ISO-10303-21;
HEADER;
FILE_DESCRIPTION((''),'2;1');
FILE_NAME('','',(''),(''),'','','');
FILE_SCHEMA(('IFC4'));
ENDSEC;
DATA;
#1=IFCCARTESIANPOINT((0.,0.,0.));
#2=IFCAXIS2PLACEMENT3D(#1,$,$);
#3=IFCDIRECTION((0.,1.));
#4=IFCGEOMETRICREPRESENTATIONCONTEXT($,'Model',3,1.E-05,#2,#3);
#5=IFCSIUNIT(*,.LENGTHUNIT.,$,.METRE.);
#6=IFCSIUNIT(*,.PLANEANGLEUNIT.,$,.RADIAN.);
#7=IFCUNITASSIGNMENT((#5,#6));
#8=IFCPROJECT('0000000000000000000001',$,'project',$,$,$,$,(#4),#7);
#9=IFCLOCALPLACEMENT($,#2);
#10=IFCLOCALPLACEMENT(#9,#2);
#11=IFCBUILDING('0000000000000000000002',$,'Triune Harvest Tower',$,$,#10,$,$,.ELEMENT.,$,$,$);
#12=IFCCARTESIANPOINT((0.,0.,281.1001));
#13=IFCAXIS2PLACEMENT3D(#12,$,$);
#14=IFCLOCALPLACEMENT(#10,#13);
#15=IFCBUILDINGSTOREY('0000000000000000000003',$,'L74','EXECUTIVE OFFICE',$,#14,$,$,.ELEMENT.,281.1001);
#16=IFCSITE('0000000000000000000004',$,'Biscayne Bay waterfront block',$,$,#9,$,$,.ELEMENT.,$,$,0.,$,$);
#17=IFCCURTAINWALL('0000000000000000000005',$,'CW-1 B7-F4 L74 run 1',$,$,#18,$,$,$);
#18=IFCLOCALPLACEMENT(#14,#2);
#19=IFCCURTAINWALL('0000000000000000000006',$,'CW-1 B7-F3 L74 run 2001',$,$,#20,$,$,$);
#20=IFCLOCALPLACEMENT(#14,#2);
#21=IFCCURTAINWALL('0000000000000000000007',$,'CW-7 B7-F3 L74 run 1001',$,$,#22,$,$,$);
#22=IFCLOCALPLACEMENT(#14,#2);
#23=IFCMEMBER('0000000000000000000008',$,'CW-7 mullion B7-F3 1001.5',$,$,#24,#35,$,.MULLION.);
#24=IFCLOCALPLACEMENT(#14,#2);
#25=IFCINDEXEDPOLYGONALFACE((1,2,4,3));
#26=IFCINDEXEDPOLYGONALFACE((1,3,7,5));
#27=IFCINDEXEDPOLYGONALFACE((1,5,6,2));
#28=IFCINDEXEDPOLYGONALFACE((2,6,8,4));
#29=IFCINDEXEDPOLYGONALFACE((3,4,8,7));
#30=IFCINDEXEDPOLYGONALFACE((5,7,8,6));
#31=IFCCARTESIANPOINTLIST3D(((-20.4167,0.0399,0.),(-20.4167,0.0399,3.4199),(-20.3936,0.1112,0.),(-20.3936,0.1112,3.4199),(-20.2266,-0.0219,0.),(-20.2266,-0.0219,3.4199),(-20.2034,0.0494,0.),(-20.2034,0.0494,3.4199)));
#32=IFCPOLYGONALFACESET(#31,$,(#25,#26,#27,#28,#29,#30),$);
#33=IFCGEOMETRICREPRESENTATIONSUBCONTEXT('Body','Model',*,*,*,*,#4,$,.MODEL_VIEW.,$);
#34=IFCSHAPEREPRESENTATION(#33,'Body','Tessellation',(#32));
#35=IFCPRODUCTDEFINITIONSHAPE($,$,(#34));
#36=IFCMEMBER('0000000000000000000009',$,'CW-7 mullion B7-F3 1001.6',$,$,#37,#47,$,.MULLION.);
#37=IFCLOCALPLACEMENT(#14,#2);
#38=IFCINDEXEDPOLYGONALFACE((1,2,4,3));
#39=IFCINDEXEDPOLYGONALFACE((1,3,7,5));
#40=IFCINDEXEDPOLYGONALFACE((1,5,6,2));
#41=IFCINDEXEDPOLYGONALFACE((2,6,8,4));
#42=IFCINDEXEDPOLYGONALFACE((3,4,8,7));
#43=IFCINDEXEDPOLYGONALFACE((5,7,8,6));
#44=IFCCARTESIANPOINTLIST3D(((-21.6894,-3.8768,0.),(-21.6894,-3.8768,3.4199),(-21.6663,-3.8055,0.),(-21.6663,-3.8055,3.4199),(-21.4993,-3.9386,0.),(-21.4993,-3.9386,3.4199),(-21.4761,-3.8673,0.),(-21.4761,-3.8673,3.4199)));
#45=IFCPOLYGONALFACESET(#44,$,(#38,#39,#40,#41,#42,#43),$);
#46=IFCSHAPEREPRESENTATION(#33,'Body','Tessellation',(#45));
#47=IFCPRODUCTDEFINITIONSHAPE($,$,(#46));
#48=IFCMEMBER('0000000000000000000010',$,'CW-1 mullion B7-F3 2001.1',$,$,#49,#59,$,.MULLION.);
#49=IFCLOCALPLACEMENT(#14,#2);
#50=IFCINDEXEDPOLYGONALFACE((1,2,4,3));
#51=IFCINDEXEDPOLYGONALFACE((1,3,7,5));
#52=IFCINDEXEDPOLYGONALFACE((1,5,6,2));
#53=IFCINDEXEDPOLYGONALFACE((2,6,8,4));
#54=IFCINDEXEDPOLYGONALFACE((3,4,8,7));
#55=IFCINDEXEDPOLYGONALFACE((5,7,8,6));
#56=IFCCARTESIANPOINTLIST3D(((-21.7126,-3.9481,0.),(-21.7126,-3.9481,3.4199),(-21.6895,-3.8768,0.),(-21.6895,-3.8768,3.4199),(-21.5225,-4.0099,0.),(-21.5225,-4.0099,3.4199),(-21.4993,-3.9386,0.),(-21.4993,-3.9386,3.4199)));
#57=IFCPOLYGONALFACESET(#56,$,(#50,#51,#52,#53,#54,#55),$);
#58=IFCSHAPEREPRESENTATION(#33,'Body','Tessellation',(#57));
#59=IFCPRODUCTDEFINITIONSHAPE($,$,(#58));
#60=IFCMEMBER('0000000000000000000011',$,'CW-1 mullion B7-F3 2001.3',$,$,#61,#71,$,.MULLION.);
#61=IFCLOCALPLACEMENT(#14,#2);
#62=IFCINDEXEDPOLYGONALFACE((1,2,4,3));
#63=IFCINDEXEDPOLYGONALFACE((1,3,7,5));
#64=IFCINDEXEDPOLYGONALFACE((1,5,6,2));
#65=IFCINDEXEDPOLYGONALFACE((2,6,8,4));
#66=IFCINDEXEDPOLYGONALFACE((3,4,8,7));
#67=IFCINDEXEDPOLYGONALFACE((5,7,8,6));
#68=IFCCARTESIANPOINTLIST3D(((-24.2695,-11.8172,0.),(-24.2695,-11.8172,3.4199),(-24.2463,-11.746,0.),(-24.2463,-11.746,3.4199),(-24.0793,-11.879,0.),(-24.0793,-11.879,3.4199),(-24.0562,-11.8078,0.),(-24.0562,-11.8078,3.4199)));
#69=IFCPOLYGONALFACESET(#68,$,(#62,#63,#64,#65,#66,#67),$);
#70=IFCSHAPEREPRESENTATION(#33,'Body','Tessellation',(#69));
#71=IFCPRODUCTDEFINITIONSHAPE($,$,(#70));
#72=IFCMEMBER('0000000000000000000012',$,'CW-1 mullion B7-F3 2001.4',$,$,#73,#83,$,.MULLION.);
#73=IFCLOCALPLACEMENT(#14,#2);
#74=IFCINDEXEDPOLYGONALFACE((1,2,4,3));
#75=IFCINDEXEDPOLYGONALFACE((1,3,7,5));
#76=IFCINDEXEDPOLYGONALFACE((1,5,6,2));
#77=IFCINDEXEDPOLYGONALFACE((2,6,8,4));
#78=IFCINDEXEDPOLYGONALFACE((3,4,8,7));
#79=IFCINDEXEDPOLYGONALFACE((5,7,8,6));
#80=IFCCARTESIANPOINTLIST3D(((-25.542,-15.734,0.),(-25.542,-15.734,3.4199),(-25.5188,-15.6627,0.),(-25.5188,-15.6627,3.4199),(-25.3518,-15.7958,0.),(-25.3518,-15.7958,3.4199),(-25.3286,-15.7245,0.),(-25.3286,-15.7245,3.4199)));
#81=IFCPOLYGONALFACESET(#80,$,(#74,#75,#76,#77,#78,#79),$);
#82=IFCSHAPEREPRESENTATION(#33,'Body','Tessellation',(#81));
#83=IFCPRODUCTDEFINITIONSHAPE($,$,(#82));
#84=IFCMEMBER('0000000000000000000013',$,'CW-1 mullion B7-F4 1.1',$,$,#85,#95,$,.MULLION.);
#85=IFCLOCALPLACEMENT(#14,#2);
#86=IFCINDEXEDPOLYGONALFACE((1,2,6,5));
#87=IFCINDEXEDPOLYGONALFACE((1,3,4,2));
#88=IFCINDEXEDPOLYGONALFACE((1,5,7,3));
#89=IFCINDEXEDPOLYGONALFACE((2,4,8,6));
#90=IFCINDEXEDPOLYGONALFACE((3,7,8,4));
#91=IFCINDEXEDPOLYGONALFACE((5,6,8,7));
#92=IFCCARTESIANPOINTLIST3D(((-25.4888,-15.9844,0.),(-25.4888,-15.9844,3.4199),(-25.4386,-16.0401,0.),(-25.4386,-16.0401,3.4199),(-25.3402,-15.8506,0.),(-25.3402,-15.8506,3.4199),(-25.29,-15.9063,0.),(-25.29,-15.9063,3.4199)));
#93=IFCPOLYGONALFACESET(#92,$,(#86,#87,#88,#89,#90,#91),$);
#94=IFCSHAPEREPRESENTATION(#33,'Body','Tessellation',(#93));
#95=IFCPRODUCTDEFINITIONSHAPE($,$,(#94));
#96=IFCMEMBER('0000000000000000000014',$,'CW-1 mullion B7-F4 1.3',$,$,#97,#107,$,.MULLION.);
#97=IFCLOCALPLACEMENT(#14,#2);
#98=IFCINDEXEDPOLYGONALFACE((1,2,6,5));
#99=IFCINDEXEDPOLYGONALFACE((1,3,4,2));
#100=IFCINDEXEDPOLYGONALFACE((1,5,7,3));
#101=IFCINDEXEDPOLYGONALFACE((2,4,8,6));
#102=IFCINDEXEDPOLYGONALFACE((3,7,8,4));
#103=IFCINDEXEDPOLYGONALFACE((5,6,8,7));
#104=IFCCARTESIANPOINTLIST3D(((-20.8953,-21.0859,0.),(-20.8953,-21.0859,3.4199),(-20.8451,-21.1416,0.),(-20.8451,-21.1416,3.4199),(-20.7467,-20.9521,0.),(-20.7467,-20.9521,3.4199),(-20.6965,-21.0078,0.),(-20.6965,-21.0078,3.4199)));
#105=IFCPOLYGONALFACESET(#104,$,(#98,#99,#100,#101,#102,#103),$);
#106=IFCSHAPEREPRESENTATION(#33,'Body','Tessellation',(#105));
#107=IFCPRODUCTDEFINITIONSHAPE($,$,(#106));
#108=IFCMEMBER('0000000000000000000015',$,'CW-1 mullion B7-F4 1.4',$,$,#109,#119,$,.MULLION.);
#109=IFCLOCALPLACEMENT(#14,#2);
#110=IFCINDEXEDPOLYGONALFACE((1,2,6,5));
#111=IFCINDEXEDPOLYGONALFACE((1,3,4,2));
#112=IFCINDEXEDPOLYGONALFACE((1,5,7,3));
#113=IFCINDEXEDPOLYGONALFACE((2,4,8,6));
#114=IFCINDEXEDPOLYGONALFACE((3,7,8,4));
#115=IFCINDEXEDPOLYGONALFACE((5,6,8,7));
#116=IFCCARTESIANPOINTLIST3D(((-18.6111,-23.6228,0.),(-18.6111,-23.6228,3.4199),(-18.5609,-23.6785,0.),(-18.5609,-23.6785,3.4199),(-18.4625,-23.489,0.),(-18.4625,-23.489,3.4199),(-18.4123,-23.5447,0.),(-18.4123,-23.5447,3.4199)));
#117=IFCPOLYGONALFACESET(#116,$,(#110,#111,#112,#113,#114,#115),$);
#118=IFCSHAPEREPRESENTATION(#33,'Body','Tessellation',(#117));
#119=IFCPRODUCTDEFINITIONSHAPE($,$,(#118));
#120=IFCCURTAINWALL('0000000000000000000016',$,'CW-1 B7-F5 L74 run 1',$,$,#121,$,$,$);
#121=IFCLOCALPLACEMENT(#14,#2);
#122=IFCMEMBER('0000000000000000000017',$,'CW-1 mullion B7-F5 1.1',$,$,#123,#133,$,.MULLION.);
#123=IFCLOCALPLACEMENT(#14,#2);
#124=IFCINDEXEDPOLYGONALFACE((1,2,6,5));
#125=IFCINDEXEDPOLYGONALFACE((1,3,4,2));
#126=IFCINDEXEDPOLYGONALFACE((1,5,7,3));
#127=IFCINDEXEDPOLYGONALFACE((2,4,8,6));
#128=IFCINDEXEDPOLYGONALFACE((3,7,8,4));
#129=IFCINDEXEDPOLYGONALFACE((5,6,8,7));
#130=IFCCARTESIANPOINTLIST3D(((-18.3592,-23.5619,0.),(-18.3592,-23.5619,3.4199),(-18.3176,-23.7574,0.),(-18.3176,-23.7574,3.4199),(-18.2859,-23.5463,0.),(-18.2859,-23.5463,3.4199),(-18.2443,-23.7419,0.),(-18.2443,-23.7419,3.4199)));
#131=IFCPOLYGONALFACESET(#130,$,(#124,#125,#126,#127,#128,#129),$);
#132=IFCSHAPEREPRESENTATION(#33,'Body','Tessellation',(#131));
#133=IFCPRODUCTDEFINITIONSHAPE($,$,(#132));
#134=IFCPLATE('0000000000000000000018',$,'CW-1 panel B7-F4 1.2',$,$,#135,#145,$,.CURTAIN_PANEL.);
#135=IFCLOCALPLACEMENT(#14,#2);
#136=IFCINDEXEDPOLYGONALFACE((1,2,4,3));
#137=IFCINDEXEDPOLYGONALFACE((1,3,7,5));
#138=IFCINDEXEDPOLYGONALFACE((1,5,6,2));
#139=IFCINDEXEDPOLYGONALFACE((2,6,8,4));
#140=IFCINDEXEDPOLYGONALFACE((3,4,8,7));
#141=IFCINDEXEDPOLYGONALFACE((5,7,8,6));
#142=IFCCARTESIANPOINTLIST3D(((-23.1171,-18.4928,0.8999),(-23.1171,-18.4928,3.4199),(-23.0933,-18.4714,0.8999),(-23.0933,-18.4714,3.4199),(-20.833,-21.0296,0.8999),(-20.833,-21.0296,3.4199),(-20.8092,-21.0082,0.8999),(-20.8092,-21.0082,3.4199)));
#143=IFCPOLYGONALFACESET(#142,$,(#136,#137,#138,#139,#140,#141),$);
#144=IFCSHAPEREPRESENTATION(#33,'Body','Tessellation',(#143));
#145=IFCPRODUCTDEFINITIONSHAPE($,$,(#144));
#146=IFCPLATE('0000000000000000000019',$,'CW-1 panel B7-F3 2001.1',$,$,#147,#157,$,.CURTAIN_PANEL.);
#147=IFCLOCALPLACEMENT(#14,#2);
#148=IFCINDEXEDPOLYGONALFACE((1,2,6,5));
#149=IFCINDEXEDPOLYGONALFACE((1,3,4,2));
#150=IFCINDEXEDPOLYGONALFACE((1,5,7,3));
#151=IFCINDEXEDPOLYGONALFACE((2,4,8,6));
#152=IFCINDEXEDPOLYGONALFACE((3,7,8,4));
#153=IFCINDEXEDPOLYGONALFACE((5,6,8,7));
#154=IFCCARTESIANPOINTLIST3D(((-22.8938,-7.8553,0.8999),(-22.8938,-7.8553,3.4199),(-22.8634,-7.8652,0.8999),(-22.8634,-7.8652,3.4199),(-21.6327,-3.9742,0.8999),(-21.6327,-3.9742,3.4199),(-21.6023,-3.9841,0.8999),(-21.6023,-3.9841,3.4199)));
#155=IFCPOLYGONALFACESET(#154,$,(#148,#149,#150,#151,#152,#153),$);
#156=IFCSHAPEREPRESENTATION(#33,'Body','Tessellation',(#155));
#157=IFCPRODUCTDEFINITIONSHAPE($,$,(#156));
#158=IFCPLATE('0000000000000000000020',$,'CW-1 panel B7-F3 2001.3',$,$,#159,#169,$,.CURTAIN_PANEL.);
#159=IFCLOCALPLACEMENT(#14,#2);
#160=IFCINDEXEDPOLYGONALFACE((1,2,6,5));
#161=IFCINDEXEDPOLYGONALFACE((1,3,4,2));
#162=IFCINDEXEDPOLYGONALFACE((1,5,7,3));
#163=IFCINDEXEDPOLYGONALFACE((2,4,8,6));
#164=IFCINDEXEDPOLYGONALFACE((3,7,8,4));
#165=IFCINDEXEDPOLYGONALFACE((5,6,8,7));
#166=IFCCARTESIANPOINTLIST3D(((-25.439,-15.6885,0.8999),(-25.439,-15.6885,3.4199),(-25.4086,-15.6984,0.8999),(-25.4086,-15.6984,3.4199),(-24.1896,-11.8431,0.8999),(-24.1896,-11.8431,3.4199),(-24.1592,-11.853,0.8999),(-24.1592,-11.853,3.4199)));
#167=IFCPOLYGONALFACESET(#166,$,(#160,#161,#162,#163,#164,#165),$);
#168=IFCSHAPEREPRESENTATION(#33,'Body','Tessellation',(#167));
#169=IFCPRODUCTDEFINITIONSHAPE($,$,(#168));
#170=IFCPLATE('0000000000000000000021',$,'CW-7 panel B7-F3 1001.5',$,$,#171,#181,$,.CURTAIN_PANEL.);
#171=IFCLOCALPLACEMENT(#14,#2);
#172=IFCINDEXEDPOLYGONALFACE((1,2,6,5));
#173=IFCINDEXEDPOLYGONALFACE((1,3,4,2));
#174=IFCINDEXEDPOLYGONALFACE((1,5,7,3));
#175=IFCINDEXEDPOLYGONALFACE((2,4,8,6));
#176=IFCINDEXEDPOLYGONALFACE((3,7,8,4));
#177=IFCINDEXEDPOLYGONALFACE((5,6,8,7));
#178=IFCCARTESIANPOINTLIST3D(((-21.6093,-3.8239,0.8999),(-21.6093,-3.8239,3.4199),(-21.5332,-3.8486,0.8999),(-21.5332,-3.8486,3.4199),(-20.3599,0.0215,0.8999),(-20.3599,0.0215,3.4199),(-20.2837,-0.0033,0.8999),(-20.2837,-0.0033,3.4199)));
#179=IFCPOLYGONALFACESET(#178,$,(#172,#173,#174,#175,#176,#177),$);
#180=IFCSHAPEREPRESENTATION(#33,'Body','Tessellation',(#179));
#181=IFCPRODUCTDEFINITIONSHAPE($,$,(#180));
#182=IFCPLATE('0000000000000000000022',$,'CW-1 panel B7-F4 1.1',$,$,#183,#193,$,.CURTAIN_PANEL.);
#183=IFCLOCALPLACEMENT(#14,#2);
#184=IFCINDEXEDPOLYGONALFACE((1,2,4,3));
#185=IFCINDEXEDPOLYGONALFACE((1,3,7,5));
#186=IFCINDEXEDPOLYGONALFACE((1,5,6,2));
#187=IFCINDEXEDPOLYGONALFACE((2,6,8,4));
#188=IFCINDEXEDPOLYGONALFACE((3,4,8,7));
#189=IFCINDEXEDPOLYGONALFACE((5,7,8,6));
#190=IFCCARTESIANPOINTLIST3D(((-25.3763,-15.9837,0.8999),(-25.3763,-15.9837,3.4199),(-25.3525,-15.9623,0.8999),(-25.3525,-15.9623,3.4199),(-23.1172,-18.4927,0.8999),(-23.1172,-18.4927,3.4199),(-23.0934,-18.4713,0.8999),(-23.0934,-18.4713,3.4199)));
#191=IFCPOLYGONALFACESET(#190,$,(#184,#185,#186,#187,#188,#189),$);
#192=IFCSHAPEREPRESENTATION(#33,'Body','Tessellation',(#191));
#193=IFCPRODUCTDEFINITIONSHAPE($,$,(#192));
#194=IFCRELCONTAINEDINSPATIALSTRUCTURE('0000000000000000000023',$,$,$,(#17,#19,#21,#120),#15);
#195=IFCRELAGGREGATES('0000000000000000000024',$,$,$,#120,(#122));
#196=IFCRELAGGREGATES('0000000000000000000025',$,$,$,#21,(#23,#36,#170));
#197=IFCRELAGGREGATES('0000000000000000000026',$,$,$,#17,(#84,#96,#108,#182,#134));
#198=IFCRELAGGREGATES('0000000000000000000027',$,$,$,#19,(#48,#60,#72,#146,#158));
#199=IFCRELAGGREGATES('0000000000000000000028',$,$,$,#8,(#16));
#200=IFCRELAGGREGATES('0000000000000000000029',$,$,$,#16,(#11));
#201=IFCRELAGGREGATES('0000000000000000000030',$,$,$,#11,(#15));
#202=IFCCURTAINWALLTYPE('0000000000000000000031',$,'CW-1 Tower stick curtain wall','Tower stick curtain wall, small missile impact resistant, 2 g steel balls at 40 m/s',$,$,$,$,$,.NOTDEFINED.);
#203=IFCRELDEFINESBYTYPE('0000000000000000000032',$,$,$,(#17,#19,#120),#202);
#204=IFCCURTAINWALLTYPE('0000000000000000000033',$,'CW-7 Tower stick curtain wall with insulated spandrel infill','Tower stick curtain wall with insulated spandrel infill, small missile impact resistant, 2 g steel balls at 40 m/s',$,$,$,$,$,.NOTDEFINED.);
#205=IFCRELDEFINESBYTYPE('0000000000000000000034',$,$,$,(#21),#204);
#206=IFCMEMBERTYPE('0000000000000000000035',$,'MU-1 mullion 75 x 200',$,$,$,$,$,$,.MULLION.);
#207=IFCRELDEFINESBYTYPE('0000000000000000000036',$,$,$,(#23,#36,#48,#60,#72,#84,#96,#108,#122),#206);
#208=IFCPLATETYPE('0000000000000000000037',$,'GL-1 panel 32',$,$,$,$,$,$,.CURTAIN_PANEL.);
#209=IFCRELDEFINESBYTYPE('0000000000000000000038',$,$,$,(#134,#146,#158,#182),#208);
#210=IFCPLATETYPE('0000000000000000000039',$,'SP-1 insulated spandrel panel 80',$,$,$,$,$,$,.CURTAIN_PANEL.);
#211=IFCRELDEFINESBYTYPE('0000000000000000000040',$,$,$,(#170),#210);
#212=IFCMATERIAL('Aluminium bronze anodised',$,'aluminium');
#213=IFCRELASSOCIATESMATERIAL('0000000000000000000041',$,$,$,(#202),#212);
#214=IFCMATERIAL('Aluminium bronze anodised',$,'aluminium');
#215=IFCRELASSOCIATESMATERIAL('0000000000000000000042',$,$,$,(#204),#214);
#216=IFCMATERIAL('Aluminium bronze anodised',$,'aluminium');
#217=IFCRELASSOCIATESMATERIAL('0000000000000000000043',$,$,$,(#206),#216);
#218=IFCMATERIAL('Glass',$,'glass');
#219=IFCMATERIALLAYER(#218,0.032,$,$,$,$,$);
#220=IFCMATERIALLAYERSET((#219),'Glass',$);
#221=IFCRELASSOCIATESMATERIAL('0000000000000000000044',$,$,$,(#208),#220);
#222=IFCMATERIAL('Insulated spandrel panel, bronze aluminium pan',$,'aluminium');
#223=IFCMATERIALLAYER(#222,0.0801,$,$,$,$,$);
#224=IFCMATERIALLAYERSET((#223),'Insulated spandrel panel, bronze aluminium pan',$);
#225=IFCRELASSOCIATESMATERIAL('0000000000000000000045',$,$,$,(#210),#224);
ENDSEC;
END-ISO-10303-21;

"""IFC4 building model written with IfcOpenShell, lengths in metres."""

from ifc_helpers import new_model, si_unit, direction, frame, origin, origin_2d, place, context, subcontext, project, spatial, rectangle, extrude, source, transform, mapped, material, layer, layer_set, material_profile, profile_set, type_object, element, aggregate, save


model = new_model("IFC4")

# Units and contexts
model_context = context("Model", 3, precision=1e-05, world=origin(), true_north=direction((0.0, 1.0)))
body_context = subcontext(model_context, "Body", "Model", "MODEL_VIEW")
ifc_project = project(units=[si_unit("LENGTHUNIT", "METRE"), si_unit("PLANEANGLEUNIT", "RADIAN")], contexts=[model_context])

# Site, building, storey
site_placement = place(None, origin())
site = spatial("IfcSite", under=ifc_project, at=site_placement, Name="Biscayne Bay waterfront block", CompositionType="ELEMENT", RefElevation=0.0)
building_placement = place(site_placement, origin())
building = spatial("IfcBuilding", under=site, at=building_placement, Name="Triune Harvest Tower", CompositionType="ELEMENT")
storey_placement = place(building_placement, frame((0.0, 0.0, 281.1001)))
storey = spatial("IfcBuildingStorey", under=building, at=storey_placement, Name="L74", Description="EXECUTIVE OFFICE", CompositionType="ELEMENT", Elevation=281.1001)

# Curtain wall
ifc_material_1 = material(Name="Aluminium bronze anodised", Category="aluminium")
curtain_wall_type_1 = type_object("IfcCurtainWallType", Name="CW-1 Tower stick curtain wall", Description="Tower stick curtain wall, small missile impact resistant, 2 g steel balls at 40 m/s", PredefinedType="NOTDEFINED", material=ifc_material_1)
curtain_wall_1_placement = place(storey_placement, origin())
curtain_wall_1 = element("IfcCurtainWall", 1, at=curtain_wall_1_placement, inside=storey, type_object=curtain_wall_type_1, Name="CW-1 B7-F4 L74 run 1")

# Curtain walls
curtain_wall_2_placement = place(storey_placement, origin())
curtain_wall_2 = element("IfcCurtainWall", 2, at=curtain_wall_2_placement, inside=storey, type_object=curtain_wall_type_1, Name="CW-1 B7-F3 L74 run 2001")
ifc_material_2 = material(Name="Aluminium bronze anodised", Category="aluminium")
curtain_wall_type_2 = type_object("IfcCurtainWallType", Name="CW-7 Tower stick curtain wall with insulated spandrel infill", Description="Tower stick curtain wall with insulated spandrel infill, small missile impact resistant, 2 g steel balls at 40 m/s", PredefinedType="NOTDEFINED", material=ifc_material_2)
curtain_wall_3_placement = place(storey_placement, origin())
curtain_wall_3 = element("IfcCurtainWall", 3, at=curtain_wall_3_placement, inside=storey, type_object=curtain_wall_type_2, Name="CW-7 B7-F3 L74 run 1001")

# Members
ifc_material_3 = material(Name="Aluminium bronze anodised", Category="aluminium")
ifc_material_profile_1 = material_profile(ifc_material_3, rectangle(XDim=0.2, YDim=0.075, at=origin_2d()), Name="MU-1 mullion 75 x 200")
ifc_profile_set_1 = profile_set([ifc_material_profile_1], Name="Aluminium bronze anodised")
member_type_1 = type_object("IfcMemberType", Name="MU-1 mullion 75 x 200", PredefinedType="MULLION", material=ifc_profile_set_1)
shared_shape_1 = source(origin(), body_context, "Body", "SweptSolid", [
    extrude(rectangle(XDim=0.2, YDim=0.075, at=origin_2d()), origin(), (0.0, 0.0, 1.0), 3.4199),
])
member_1_placement = place(storey_placement, frame((-20.3101, 0.0447, 0.0), z_axis=(0.0, 0.0, 1.0), x_axis=(0.951056, -0.30902, 0.0)))
member_1 = element("IfcMember", 4, at=member_1_placement, type_object=member_type_1, Name="CW-7 mullion B7-F3 1001.5", PredefinedType="MULLION", context=body_context, shape_type="MappedRepresentation", body=[
    mapped(shared_shape_1, transform((0.0, 0.0, 0.0), scale=1.0)),
])
member_2_placement = place(storey_placement, frame((-21.5828, -3.8721, 0.0), z_axis=(0.0, 0.0, 1.0), x_axis=(0.951056, -0.30902, 0.0)))
member_2 = element("IfcMember", 5, at=member_2_placement, type_object=member_type_1, Name="CW-7 mullion B7-F3 1001.6", PredefinedType="MULLION", context=body_context, shape_type="MappedRepresentation", body=[
    mapped(shared_shape_1, transform((0.0, 0.0, 0.0), scale=1.0)),
])
member_3_placement = place(storey_placement, frame((-21.606, -3.9434, 0.0), z_axis=(0.0, 0.0, 1.0), x_axis=(0.951058, -0.309013, 0.0)))
member_3 = element("IfcMember", 6, at=member_3_placement, type_object=member_type_1, Name="CW-1 mullion B7-F3 2001.1", PredefinedType="MULLION", context=body_context, shape_type="MappedRepresentation", body=[
    mapped(shared_shape_1, transform((0.0, 0.0, 0.0), scale=1.0)),
])
member_4_placement = place(storey_placement, frame((-24.1628, -11.8125, 0.0), z_axis=(0.0, 0.0, 1.0), x_axis=(0.951058, -0.309013, 0.0)))
member_4 = element("IfcMember", 7, at=member_4_placement, type_object=member_type_1, Name="CW-1 mullion B7-F3 2001.3", PredefinedType="MULLION", context=body_context, shape_type="MappedRepresentation", body=[
    mapped(shared_shape_1, transform((0.0, 0.0, 0.0), scale=1.0)),
])
member_5_placement = place(storey_placement, frame((-25.4353, -15.7292, 0.0), z_axis=(0.0, 0.0, 1.0), x_axis=(0.951058, -0.309013, 0.0)))
member_5 = element("IfcMember", 8, at=member_5_placement, type_object=member_type_1, Name="CW-1 mullion B7-F3 2001.4", PredefinedType="MULLION", context=body_context, shape_type="MappedRepresentation", body=[
    mapped(shared_shape_1, transform((0.0, 0.0, 0.0), scale=1.0)),
])
member_6_placement = place(storey_placement, frame((-25.3894, -15.9453, 0.0), z_axis=(0.0, 0.0, 1.0), x_axis=(0.743144, 0.669132, 0.0)))
member_6 = element("IfcMember", 9, at=member_6_placement, type_object=member_type_1, Name="CW-1 mullion B7-F4 1.1", PredefinedType="MULLION", context=body_context, shape_type="MappedRepresentation", body=[
    mapped(shared_shape_1, transform((0.0, 0.0, 0.0), scale=1.0)),
])
member_7_placement = place(storey_placement, frame((-20.7959, -21.0469, 0.0), z_axis=(0.0, 0.0, 1.0), x_axis=(0.743144, 0.669132, 0.0)))
member_7 = element("IfcMember", 10, at=member_7_placement, type_object=member_type_1, Name="CW-1 mullion B7-F4 1.3", PredefinedType="MULLION", context=body_context, shape_type="MappedRepresentation", body=[
    mapped(shared_shape_1, transform((0.0, 0.0, 0.0), scale=1.0)),
])
member_8_placement = place(storey_placement, frame((-18.5117, -23.5837, 0.0), z_axis=(0.0, 0.0, 1.0), x_axis=(0.743144, 0.669132, 0.0)))
member_8 = element("IfcMember", 11, at=member_8_placement, type_object=member_type_1, Name="CW-1 mullion B7-F4 1.4", PredefinedType="MULLION", context=body_context, shape_type="MappedRepresentation", body=[
    mapped(shared_shape_1, transform((0.0, 0.0, 0.0), scale=1.0)),
])

# Curtain wall, member
curtain_wall_4_placement = place(storey_placement, origin())
curtain_wall_4 = element("IfcCurtainWall", 12, at=curtain_wall_4_placement, inside=storey, type_object=curtain_wall_type_1, Name="CW-1 B7-F5 L74 run 1")
member_9_placement = place(storey_placement, frame((-18.3018, -23.6519, 0.0), z_axis=(0.0, 0.0, 1.0), x_axis=(-0.207909, 0.978148, 0.0)))
member_9 = element("IfcMember", 13, at=member_9_placement, type_object=member_type_1, Name="CW-1 mullion B7-F5 1.1", PredefinedType="MULLION", context=body_context, shape_type="MappedRepresentation", body=[
    mapped(shared_shape_1, transform((0.0, 0.0, 0.0), scale=1.0)),
])
aggregate(curtain_wall_4, [member_9])

# Plates
ifc_material_4 = material(Name="Glass", Category="glass")
ifc_layer_1 = layer(ifc_material_4, 0.032)
ifc_layer_set_1 = layer_set([ifc_layer_1], Name="Glass")
plate_type_1 = type_object("IfcPlateType", Name="GL-1 panel 32", PredefinedType="CURTAIN_PANEL", material=ifc_layer_set_1)
plate_1_placement = place(storey_placement, frame((-21.9631, -19.7505, 0.8999), z_axis=(0.0, 0.0, 1.0), x_axis=(0.669132, -0.743144, 0.0)))
plate_1 = element("IfcPlate", 14, at=plate_1_placement, type_object=plate_type_1, Name="CW-1 panel B7-F4 1.2", PredefinedType="CURTAIN_PANEL", context=body_context, shape_type="SweptSolid", body=[
    extrude(rectangle(XDim=3.4136, YDim=0.032, at=origin_2d()), origin(), (0.0, 0.0, 1.0), 2.52),
])
shared_shape_2 = source(origin(), body_context, "Body", "SweptSolid", [
    extrude(rectangle(XDim=4.0808, YDim=0.032, at=origin_2d()), origin(), (0.0, 0.0, 1.0), 2.52),
])
plate_2_placement = place(storey_placement, frame((-22.248, -5.9197, 0.8999), z_axis=(0.0, 0.0, 1.0), x_axis=(-0.309013, -0.951058, 0.0)))
plate_2 = element("IfcPlate", 15, at=plate_2_placement, type_object=plate_type_1, Name="CW-1 panel B7-F3 2001.1", PredefinedType="CURTAIN_PANEL", context=body_context, shape_type="MappedRepresentation", body=[
    mapped(shared_shape_2, transform((0.0, 0.0, 0.0), scale=1.0)),
])
shared_shape_3 = source(origin(), body_context, "Body", "SweptSolid", [
    extrude(rectangle(XDim=4.0432, YDim=0.032, at=origin_2d()), origin(), (0.0, 0.0, 1.0), 2.52),
])
plate_3_placement = place(storey_placement, frame((-24.7991, -13.7708, 0.8999), z_axis=(0.0, 0.0, 1.0), x_axis=(-0.309013, -0.951058, 0.0)))
plate_3 = element("IfcPlate", 16, at=plate_3_placement, type_object=plate_type_1, Name="CW-1 panel B7-F3 2001.3", PredefinedType="CURTAIN_PANEL", context=body_context, shape_type="MappedRepresentation", body=[
    mapped(shared_shape_3, transform((0.0, 0.0, 0.0), scale=1.0)),
])
ifc_material_5 = material(Name="Insulated spandrel panel, bronze aluminium pan", Category="aluminium")
ifc_layer_2 = layer(ifc_material_5, 0.0801)
ifc_layer_set_2 = layer_set([ifc_layer_2], Name="Insulated spandrel panel, bronze aluminium pan")
plate_type_2 = type_object("IfcPlateType", Name="SP-1 insulated spandrel panel 80", PredefinedType="CURTAIN_PANEL", material=ifc_layer_set_2)
shared_shape_4 = source(origin(), body_context, "Body", "SweptSolid", [
    extrude(rectangle(XDim=4.0432, YDim=0.0801, at=origin_2d()), origin(), (0.0, 0.0, 1.0), 2.52),
])
plate_4_placement = place(storey_placement, frame((-20.9465, -1.9136, 0.8999), z_axis=(0.0, 0.0, 1.0), x_axis=(-0.30902, -0.951056, 0.0)))
plate_4 = element("IfcPlate", 17, at=plate_4_placement, type_object=plate_type_2, Name="CW-7 panel B7-F3 1001.5", PredefinedType="CURTAIN_PANEL", context=body_context, shape_type="MappedRepresentation", body=[
    mapped(shared_shape_4, transform((0.0, 0.0, 0.0), scale=1.0)),
])
aggregate(curtain_wall_3, [member_1, member_2, plate_4])
shared_shape_5 = source(origin(), body_context, "Body", "SweptSolid", [
    extrude(rectangle(XDim=3.3762, YDim=0.032, at=origin_2d()), origin(), (0.0, 0.0, 1.0), 2.52),
])
plate_5_placement = place(storey_placement, frame((-24.2349, -17.2275, 0.8999), z_axis=(0.0, 0.0, 1.0), x_axis=(0.669132, -0.743144, 0.0)))
plate_5 = element("IfcPlate", 18, at=plate_5_placement, type_object=plate_type_1, Name="CW-1 panel B7-F4 1.1", PredefinedType="CURTAIN_PANEL", context=body_context, shape_type="MappedRepresentation", body=[
    mapped(shared_shape_5, transform((0.0, 0.0, 0.0), scale=1.0)),
])
aggregate(curtain_wall_1, [member_6, member_7, member_8, plate_5, plate_1])
aggregate(curtain_wall_2, [member_3, member_4, member_5, plate_2, plate_3])

save(model, "model.ifc")
